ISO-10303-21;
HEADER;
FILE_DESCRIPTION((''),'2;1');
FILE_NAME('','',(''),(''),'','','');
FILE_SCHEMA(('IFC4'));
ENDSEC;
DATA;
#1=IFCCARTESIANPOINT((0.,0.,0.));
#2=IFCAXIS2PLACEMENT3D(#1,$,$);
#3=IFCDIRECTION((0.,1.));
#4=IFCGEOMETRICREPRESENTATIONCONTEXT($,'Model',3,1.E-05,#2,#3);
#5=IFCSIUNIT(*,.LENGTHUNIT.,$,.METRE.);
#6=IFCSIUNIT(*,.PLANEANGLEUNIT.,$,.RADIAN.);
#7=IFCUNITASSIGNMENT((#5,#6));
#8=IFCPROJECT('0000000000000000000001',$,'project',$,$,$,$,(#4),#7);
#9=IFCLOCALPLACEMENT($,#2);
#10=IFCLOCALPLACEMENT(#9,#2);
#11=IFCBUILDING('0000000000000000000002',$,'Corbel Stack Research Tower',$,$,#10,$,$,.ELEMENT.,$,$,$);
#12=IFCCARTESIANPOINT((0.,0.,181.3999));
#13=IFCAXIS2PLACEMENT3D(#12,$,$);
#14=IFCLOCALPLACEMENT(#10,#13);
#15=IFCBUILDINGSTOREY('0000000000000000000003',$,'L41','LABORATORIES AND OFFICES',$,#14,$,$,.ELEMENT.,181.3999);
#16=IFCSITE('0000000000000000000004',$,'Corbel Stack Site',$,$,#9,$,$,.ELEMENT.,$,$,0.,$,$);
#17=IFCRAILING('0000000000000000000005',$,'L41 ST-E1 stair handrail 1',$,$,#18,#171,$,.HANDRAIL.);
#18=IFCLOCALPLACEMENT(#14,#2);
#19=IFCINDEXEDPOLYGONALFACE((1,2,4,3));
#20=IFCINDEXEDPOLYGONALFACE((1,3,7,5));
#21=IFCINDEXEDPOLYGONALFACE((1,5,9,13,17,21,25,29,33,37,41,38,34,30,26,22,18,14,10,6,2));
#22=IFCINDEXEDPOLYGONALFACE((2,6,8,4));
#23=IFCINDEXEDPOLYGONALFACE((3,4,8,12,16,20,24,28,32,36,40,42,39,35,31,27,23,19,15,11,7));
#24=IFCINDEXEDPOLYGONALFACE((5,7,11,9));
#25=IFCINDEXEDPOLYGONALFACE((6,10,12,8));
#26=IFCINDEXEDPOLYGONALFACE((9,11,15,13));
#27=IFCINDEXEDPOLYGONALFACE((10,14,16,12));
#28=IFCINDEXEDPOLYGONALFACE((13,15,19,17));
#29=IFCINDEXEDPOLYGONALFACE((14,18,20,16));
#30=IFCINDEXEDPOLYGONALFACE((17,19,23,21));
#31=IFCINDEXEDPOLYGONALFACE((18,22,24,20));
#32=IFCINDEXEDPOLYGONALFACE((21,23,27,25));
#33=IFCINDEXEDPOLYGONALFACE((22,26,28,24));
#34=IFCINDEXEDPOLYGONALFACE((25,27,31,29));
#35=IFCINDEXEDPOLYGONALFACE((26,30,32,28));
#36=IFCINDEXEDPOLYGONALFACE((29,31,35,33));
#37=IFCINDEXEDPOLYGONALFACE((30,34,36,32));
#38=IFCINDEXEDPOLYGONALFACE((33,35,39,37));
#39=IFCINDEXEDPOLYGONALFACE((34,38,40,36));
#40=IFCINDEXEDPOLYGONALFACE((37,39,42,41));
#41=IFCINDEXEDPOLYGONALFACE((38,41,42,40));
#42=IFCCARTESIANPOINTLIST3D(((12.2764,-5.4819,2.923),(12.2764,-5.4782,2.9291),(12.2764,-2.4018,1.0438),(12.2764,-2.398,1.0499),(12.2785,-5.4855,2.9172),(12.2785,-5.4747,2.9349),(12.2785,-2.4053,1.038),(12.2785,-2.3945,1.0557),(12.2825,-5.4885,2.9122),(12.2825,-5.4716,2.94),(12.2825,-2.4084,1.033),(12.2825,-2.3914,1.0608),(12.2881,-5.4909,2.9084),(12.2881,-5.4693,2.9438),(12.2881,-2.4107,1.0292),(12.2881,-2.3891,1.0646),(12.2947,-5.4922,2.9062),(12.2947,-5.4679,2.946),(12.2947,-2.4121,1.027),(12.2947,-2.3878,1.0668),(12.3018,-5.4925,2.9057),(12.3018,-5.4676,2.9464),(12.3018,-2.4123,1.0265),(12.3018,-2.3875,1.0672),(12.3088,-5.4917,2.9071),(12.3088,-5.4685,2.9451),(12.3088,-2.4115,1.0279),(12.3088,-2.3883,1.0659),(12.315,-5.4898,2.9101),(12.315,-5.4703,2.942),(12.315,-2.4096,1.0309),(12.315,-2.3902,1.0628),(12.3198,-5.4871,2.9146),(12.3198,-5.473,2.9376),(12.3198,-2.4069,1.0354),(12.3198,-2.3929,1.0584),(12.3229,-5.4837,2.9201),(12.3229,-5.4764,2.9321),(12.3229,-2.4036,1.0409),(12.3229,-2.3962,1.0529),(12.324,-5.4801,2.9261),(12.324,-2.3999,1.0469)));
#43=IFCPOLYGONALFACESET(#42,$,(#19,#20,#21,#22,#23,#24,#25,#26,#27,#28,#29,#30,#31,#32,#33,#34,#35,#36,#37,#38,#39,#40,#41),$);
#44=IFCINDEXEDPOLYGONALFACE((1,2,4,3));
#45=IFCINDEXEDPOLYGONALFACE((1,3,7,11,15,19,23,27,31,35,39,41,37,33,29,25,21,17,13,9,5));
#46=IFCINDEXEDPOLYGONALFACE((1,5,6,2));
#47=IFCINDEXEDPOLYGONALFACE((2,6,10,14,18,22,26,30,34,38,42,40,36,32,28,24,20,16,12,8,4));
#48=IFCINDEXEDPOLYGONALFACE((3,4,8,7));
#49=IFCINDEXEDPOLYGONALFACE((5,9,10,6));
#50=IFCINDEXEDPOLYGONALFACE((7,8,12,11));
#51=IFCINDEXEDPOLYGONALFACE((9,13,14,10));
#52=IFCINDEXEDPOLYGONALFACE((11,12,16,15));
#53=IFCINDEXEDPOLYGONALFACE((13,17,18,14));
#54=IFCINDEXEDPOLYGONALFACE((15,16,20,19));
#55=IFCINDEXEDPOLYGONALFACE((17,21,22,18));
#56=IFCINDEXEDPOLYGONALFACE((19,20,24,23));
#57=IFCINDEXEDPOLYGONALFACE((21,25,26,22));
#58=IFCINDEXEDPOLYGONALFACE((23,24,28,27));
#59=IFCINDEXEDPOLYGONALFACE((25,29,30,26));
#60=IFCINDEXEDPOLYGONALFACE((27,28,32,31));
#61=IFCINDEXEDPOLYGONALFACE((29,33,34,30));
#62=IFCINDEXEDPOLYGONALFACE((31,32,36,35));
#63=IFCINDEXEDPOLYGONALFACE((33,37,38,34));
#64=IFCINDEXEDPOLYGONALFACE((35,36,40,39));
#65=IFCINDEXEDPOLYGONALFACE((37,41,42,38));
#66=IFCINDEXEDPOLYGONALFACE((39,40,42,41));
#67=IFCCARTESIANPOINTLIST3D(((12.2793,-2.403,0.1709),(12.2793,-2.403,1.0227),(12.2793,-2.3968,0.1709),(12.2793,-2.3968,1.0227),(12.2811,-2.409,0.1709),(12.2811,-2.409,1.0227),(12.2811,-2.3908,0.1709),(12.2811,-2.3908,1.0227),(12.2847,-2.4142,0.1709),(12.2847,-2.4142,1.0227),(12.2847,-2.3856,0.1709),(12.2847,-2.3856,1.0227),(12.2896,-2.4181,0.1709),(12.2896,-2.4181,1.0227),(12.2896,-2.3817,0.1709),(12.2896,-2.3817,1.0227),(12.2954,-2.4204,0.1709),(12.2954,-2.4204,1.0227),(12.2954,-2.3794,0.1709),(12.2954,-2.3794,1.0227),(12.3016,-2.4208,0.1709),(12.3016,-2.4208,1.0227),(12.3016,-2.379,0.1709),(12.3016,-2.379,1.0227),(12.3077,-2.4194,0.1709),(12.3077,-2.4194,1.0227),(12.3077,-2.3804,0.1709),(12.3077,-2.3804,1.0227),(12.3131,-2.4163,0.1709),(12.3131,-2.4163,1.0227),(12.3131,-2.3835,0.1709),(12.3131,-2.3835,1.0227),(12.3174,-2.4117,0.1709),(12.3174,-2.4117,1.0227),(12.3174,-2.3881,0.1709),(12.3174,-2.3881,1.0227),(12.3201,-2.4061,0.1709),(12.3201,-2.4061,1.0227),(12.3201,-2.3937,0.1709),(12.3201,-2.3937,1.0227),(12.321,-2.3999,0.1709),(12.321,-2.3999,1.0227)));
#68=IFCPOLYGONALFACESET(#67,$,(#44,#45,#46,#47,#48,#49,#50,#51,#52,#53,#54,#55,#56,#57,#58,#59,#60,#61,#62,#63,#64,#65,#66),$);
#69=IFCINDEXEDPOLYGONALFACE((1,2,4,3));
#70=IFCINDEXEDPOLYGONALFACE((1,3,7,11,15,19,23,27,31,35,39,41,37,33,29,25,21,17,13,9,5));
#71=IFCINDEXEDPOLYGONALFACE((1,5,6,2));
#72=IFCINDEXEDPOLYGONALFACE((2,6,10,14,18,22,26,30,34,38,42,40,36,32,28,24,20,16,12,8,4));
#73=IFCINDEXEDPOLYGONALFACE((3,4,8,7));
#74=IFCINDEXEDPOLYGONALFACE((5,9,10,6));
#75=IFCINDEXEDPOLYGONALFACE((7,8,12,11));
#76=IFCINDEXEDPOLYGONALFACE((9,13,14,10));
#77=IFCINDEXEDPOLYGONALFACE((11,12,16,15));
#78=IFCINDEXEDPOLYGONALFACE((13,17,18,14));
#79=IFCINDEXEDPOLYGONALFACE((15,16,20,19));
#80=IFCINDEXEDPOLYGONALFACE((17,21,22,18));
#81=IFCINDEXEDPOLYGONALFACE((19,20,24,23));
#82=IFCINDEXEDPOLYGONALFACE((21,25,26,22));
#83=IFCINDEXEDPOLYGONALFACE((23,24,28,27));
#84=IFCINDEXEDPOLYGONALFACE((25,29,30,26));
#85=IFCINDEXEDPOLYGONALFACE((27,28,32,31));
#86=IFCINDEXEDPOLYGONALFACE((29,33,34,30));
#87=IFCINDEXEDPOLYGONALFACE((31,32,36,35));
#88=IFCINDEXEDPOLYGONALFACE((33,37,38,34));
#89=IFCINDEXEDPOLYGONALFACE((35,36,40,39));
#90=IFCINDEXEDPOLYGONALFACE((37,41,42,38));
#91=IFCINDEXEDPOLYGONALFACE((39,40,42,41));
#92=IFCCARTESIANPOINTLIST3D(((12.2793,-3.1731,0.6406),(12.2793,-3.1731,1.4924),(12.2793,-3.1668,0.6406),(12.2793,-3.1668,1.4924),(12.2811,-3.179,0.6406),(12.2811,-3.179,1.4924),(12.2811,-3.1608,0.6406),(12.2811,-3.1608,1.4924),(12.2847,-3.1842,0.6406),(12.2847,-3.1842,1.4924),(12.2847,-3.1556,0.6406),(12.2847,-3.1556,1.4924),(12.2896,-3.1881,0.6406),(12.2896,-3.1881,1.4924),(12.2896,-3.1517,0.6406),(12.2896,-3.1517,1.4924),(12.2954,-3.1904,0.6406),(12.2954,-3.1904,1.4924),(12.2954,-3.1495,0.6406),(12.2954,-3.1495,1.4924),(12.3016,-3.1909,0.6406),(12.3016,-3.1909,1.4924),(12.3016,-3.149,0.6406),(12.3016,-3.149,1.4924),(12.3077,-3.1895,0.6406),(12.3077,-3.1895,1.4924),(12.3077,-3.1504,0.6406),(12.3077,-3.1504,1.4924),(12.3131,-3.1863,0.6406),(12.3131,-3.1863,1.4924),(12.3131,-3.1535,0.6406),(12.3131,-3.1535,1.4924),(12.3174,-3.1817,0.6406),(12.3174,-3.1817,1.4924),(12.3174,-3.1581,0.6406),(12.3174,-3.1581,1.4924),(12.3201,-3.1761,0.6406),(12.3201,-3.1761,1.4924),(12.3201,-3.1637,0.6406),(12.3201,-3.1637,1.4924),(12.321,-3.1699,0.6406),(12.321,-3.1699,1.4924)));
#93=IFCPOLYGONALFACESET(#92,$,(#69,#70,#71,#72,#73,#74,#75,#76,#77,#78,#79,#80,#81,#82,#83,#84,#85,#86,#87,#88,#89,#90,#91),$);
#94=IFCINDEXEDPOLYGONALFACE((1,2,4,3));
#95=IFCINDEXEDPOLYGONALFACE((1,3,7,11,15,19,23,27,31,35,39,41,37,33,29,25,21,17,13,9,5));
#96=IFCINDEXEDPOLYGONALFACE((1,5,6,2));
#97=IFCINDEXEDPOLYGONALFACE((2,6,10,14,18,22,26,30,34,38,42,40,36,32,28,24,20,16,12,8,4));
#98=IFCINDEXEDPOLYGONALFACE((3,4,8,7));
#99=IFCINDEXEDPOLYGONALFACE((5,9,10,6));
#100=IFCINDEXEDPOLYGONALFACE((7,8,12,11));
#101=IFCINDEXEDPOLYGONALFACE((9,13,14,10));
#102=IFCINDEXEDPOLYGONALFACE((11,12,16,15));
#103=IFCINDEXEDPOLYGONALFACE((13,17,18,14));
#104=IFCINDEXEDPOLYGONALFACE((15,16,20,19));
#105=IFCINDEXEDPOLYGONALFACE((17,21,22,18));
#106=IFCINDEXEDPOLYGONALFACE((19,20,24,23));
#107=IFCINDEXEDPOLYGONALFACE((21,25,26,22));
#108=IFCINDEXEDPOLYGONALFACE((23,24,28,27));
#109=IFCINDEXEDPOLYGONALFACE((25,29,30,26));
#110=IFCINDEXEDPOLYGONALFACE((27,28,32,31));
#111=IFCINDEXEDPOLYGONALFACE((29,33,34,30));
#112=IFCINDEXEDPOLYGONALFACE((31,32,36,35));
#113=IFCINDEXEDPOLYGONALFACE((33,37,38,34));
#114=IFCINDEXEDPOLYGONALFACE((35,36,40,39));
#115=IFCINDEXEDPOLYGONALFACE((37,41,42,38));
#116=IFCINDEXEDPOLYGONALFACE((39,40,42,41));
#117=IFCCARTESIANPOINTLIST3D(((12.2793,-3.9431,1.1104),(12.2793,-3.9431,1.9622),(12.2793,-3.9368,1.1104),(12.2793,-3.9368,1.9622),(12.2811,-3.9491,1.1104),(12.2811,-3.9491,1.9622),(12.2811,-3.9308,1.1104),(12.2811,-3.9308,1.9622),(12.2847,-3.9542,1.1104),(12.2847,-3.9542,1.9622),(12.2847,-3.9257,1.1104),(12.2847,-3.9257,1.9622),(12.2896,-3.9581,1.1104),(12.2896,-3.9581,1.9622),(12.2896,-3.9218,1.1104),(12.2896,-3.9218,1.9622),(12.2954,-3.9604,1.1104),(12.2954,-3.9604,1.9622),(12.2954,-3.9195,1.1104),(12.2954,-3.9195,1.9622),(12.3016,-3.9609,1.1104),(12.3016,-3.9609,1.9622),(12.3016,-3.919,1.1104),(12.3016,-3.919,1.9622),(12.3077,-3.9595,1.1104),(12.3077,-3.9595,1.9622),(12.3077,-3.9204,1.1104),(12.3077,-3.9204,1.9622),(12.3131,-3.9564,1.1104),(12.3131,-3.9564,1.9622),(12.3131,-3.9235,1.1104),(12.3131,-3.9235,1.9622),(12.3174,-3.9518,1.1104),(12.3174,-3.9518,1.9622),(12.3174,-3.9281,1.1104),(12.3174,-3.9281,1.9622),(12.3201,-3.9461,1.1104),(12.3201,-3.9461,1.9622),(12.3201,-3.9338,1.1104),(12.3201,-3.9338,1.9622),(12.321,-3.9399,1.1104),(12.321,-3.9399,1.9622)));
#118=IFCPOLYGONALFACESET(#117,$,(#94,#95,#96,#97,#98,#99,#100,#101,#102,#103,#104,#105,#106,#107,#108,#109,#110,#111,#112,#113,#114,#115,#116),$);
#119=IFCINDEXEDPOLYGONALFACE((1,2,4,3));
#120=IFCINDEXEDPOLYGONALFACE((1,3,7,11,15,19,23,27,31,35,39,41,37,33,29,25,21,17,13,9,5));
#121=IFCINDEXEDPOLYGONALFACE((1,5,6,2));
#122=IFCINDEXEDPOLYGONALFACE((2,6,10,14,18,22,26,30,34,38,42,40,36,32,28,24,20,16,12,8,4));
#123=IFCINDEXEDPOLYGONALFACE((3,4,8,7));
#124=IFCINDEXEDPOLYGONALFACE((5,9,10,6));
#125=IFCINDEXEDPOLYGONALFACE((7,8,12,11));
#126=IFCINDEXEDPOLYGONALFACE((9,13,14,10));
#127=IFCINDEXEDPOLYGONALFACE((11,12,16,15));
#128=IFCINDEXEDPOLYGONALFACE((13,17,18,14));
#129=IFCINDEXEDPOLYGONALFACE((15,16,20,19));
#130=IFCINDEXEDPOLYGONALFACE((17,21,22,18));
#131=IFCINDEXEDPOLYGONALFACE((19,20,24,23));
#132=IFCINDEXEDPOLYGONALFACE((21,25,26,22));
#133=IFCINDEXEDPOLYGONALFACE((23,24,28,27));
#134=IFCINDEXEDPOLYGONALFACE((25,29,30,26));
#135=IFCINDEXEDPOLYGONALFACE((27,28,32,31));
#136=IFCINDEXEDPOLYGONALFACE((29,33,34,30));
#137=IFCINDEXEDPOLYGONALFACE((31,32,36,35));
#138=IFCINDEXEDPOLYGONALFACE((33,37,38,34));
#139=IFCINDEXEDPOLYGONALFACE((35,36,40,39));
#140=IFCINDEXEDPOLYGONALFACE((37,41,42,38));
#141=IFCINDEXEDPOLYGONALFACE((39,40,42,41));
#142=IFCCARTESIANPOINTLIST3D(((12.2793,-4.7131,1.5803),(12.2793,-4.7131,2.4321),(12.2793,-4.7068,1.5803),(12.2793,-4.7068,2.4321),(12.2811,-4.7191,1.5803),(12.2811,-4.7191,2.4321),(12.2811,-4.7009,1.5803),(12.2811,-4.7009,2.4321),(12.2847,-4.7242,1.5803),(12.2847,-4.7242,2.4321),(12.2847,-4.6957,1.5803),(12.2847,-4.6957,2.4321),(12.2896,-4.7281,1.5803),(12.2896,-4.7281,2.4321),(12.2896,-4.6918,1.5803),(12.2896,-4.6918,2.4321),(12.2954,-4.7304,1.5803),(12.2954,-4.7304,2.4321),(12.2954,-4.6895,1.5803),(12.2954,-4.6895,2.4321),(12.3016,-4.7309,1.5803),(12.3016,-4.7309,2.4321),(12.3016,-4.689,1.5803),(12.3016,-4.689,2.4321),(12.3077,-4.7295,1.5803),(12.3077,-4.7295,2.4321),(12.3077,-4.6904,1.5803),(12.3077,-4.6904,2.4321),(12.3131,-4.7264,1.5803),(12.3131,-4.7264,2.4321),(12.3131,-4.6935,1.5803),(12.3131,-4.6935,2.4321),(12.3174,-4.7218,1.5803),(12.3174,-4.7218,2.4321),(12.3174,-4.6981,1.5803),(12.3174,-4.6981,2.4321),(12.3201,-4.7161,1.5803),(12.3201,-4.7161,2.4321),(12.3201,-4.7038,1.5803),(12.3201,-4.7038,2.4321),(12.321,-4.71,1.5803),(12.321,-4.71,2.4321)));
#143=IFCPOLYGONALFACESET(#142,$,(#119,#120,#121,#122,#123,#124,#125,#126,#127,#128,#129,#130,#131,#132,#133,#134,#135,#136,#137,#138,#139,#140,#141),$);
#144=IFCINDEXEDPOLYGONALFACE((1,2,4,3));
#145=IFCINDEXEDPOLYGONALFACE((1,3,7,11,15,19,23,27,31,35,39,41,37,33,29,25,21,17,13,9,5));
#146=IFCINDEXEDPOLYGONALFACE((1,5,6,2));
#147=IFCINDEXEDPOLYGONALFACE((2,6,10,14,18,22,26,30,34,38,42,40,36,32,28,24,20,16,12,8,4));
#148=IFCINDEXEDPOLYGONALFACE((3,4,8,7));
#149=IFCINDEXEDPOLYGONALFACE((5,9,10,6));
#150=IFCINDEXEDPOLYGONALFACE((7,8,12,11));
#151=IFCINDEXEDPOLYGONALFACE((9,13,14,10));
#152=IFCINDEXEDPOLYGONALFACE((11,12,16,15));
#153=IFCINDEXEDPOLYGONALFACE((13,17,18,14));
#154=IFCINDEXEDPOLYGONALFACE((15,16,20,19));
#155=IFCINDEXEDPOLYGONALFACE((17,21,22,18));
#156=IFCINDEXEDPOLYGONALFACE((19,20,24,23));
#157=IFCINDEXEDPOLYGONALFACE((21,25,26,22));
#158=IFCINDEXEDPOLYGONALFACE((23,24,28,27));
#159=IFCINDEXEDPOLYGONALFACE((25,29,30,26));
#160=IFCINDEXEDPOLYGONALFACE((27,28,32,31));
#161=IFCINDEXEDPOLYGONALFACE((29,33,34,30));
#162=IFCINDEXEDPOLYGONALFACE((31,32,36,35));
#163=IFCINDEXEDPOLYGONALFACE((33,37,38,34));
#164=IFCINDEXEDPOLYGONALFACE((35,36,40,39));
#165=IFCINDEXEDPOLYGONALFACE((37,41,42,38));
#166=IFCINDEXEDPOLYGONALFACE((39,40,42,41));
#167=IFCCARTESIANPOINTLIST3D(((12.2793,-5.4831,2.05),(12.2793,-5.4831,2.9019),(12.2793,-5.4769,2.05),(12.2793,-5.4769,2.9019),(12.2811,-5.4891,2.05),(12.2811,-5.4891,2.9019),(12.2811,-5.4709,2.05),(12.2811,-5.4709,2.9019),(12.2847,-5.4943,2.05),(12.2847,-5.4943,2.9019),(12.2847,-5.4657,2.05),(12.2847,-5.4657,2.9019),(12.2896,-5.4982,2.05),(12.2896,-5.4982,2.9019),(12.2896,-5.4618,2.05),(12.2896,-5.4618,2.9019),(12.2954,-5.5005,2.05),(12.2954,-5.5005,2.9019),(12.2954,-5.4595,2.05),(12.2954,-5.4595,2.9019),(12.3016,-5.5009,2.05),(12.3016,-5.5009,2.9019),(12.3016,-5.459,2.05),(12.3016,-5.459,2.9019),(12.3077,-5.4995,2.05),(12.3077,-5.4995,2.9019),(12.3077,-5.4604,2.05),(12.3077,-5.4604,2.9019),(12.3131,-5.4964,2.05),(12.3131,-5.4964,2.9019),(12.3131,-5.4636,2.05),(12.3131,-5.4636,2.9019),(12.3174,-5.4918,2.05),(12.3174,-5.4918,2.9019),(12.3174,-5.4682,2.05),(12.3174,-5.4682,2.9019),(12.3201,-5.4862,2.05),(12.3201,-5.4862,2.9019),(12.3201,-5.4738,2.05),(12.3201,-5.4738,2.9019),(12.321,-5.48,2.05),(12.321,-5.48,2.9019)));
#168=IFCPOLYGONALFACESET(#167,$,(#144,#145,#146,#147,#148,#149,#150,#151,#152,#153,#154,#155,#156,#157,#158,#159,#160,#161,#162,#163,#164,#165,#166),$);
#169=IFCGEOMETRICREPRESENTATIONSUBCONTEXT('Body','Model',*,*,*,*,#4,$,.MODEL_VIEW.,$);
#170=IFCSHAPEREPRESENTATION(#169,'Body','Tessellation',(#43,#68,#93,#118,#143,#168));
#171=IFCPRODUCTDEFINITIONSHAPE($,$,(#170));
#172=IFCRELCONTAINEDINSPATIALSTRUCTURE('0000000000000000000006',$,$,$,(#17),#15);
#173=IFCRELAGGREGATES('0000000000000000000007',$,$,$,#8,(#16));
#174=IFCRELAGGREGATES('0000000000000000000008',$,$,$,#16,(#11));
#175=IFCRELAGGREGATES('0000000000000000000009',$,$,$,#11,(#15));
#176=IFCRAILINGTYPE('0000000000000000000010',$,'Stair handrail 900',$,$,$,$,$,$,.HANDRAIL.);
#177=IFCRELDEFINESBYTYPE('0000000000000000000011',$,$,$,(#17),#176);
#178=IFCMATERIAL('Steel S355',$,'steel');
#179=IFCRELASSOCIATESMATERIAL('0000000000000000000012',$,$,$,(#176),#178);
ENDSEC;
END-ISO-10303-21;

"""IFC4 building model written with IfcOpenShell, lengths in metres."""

from ifc_helpers import new_model, si_unit, direction, frame, origin, origin_2d, place, context, subcontext, project, spatial, circle, extrude, material, type_object, element, save


model = new_model("IFC4")

# Units and contexts
model_context = context("Model", 3, precision=1e-05, world=origin(), true_north=direction((0.0, 1.0)))
body_context = subcontext(model_context, "Body", "Model", "MODEL_VIEW")
ifc_project = project(units=[si_unit("LENGTHUNIT", "METRE"), si_unit("PLANEANGLEUNIT", "RADIAN")], contexts=[model_context])

# Site, building, storey
site_placement = place(None, origin())
site = spatial("IfcSite", under=ifc_project, at=site_placement, Name="Corbel Stack Site", CompositionType="ELEMENT", RefElevation=0.0)
building_placement = place(site_placement, origin())
building = spatial("IfcBuilding", under=site, at=building_placement, Name="Corbel Stack Research Tower", CompositionType="ELEMENT")
storey_placement = place(building_placement, frame((0.0, 0.0, 181.3999)))
storey = spatial("IfcBuildingStorey", under=building, at=storey_placement, Name="L41", Description="LABORATORIES AND OFFICES", CompositionType="ELEMENT", Elevation=181.3999)

# Railing
ifc_material_1 = material(Name="Steel S355", Category="steel")
railing_type_1 = type_object("IfcRailingType", Name="Stair handrail 900", PredefinedType="HANDRAIL", material=ifc_material_1)
railing_1_placement = place(storey_placement, frame((12.3, -2.3999, 0.1709)))
element("IfcRailing", 1, at=railing_1_placement, inside=storey, type_object=railing_type_1, Name="L41 ST-E1 stair handrail 1", PredefinedType="HANDRAIL", context=body_context, shape_type="SweptSolid", body=[
    extrude(circle(Radius=0.0239, at=origin_2d()), frame((0.0, 0.0, 0.876), z_axis=(0.0, -0.853666, 0.52082), x_axis=(1.0, 0.0, 0.0)), (0.0, 0.0, 1.0), 3.6082),
    extrude(circle(Radius=0.021, at=origin_2d()), origin(), (0.0, 0.0, 1.0), 0.8518),
    extrude(circle(Radius=0.021, at=origin_2d()), frame((0.0, -0.77, 0.4697)), (0.0, 0.0, 1.0), 0.8518),
    extrude(circle(Radius=0.021, at=origin_2d()), frame((0.0, -1.54, 0.9395)), (0.0, 0.0, 1.0), 0.8518),
    extrude(circle(Radius=0.021, at=origin_2d()), frame((0.0, -2.3101, 1.4094)), (0.0, 0.0, 1.0), 0.8518),
    extrude(circle(Radius=0.021, at=origin_2d()), frame((0.0, -3.0801, 1.8792)), (0.0, 0.0, 1.0), 0.8518),
])

save(model, "model.ifc")
